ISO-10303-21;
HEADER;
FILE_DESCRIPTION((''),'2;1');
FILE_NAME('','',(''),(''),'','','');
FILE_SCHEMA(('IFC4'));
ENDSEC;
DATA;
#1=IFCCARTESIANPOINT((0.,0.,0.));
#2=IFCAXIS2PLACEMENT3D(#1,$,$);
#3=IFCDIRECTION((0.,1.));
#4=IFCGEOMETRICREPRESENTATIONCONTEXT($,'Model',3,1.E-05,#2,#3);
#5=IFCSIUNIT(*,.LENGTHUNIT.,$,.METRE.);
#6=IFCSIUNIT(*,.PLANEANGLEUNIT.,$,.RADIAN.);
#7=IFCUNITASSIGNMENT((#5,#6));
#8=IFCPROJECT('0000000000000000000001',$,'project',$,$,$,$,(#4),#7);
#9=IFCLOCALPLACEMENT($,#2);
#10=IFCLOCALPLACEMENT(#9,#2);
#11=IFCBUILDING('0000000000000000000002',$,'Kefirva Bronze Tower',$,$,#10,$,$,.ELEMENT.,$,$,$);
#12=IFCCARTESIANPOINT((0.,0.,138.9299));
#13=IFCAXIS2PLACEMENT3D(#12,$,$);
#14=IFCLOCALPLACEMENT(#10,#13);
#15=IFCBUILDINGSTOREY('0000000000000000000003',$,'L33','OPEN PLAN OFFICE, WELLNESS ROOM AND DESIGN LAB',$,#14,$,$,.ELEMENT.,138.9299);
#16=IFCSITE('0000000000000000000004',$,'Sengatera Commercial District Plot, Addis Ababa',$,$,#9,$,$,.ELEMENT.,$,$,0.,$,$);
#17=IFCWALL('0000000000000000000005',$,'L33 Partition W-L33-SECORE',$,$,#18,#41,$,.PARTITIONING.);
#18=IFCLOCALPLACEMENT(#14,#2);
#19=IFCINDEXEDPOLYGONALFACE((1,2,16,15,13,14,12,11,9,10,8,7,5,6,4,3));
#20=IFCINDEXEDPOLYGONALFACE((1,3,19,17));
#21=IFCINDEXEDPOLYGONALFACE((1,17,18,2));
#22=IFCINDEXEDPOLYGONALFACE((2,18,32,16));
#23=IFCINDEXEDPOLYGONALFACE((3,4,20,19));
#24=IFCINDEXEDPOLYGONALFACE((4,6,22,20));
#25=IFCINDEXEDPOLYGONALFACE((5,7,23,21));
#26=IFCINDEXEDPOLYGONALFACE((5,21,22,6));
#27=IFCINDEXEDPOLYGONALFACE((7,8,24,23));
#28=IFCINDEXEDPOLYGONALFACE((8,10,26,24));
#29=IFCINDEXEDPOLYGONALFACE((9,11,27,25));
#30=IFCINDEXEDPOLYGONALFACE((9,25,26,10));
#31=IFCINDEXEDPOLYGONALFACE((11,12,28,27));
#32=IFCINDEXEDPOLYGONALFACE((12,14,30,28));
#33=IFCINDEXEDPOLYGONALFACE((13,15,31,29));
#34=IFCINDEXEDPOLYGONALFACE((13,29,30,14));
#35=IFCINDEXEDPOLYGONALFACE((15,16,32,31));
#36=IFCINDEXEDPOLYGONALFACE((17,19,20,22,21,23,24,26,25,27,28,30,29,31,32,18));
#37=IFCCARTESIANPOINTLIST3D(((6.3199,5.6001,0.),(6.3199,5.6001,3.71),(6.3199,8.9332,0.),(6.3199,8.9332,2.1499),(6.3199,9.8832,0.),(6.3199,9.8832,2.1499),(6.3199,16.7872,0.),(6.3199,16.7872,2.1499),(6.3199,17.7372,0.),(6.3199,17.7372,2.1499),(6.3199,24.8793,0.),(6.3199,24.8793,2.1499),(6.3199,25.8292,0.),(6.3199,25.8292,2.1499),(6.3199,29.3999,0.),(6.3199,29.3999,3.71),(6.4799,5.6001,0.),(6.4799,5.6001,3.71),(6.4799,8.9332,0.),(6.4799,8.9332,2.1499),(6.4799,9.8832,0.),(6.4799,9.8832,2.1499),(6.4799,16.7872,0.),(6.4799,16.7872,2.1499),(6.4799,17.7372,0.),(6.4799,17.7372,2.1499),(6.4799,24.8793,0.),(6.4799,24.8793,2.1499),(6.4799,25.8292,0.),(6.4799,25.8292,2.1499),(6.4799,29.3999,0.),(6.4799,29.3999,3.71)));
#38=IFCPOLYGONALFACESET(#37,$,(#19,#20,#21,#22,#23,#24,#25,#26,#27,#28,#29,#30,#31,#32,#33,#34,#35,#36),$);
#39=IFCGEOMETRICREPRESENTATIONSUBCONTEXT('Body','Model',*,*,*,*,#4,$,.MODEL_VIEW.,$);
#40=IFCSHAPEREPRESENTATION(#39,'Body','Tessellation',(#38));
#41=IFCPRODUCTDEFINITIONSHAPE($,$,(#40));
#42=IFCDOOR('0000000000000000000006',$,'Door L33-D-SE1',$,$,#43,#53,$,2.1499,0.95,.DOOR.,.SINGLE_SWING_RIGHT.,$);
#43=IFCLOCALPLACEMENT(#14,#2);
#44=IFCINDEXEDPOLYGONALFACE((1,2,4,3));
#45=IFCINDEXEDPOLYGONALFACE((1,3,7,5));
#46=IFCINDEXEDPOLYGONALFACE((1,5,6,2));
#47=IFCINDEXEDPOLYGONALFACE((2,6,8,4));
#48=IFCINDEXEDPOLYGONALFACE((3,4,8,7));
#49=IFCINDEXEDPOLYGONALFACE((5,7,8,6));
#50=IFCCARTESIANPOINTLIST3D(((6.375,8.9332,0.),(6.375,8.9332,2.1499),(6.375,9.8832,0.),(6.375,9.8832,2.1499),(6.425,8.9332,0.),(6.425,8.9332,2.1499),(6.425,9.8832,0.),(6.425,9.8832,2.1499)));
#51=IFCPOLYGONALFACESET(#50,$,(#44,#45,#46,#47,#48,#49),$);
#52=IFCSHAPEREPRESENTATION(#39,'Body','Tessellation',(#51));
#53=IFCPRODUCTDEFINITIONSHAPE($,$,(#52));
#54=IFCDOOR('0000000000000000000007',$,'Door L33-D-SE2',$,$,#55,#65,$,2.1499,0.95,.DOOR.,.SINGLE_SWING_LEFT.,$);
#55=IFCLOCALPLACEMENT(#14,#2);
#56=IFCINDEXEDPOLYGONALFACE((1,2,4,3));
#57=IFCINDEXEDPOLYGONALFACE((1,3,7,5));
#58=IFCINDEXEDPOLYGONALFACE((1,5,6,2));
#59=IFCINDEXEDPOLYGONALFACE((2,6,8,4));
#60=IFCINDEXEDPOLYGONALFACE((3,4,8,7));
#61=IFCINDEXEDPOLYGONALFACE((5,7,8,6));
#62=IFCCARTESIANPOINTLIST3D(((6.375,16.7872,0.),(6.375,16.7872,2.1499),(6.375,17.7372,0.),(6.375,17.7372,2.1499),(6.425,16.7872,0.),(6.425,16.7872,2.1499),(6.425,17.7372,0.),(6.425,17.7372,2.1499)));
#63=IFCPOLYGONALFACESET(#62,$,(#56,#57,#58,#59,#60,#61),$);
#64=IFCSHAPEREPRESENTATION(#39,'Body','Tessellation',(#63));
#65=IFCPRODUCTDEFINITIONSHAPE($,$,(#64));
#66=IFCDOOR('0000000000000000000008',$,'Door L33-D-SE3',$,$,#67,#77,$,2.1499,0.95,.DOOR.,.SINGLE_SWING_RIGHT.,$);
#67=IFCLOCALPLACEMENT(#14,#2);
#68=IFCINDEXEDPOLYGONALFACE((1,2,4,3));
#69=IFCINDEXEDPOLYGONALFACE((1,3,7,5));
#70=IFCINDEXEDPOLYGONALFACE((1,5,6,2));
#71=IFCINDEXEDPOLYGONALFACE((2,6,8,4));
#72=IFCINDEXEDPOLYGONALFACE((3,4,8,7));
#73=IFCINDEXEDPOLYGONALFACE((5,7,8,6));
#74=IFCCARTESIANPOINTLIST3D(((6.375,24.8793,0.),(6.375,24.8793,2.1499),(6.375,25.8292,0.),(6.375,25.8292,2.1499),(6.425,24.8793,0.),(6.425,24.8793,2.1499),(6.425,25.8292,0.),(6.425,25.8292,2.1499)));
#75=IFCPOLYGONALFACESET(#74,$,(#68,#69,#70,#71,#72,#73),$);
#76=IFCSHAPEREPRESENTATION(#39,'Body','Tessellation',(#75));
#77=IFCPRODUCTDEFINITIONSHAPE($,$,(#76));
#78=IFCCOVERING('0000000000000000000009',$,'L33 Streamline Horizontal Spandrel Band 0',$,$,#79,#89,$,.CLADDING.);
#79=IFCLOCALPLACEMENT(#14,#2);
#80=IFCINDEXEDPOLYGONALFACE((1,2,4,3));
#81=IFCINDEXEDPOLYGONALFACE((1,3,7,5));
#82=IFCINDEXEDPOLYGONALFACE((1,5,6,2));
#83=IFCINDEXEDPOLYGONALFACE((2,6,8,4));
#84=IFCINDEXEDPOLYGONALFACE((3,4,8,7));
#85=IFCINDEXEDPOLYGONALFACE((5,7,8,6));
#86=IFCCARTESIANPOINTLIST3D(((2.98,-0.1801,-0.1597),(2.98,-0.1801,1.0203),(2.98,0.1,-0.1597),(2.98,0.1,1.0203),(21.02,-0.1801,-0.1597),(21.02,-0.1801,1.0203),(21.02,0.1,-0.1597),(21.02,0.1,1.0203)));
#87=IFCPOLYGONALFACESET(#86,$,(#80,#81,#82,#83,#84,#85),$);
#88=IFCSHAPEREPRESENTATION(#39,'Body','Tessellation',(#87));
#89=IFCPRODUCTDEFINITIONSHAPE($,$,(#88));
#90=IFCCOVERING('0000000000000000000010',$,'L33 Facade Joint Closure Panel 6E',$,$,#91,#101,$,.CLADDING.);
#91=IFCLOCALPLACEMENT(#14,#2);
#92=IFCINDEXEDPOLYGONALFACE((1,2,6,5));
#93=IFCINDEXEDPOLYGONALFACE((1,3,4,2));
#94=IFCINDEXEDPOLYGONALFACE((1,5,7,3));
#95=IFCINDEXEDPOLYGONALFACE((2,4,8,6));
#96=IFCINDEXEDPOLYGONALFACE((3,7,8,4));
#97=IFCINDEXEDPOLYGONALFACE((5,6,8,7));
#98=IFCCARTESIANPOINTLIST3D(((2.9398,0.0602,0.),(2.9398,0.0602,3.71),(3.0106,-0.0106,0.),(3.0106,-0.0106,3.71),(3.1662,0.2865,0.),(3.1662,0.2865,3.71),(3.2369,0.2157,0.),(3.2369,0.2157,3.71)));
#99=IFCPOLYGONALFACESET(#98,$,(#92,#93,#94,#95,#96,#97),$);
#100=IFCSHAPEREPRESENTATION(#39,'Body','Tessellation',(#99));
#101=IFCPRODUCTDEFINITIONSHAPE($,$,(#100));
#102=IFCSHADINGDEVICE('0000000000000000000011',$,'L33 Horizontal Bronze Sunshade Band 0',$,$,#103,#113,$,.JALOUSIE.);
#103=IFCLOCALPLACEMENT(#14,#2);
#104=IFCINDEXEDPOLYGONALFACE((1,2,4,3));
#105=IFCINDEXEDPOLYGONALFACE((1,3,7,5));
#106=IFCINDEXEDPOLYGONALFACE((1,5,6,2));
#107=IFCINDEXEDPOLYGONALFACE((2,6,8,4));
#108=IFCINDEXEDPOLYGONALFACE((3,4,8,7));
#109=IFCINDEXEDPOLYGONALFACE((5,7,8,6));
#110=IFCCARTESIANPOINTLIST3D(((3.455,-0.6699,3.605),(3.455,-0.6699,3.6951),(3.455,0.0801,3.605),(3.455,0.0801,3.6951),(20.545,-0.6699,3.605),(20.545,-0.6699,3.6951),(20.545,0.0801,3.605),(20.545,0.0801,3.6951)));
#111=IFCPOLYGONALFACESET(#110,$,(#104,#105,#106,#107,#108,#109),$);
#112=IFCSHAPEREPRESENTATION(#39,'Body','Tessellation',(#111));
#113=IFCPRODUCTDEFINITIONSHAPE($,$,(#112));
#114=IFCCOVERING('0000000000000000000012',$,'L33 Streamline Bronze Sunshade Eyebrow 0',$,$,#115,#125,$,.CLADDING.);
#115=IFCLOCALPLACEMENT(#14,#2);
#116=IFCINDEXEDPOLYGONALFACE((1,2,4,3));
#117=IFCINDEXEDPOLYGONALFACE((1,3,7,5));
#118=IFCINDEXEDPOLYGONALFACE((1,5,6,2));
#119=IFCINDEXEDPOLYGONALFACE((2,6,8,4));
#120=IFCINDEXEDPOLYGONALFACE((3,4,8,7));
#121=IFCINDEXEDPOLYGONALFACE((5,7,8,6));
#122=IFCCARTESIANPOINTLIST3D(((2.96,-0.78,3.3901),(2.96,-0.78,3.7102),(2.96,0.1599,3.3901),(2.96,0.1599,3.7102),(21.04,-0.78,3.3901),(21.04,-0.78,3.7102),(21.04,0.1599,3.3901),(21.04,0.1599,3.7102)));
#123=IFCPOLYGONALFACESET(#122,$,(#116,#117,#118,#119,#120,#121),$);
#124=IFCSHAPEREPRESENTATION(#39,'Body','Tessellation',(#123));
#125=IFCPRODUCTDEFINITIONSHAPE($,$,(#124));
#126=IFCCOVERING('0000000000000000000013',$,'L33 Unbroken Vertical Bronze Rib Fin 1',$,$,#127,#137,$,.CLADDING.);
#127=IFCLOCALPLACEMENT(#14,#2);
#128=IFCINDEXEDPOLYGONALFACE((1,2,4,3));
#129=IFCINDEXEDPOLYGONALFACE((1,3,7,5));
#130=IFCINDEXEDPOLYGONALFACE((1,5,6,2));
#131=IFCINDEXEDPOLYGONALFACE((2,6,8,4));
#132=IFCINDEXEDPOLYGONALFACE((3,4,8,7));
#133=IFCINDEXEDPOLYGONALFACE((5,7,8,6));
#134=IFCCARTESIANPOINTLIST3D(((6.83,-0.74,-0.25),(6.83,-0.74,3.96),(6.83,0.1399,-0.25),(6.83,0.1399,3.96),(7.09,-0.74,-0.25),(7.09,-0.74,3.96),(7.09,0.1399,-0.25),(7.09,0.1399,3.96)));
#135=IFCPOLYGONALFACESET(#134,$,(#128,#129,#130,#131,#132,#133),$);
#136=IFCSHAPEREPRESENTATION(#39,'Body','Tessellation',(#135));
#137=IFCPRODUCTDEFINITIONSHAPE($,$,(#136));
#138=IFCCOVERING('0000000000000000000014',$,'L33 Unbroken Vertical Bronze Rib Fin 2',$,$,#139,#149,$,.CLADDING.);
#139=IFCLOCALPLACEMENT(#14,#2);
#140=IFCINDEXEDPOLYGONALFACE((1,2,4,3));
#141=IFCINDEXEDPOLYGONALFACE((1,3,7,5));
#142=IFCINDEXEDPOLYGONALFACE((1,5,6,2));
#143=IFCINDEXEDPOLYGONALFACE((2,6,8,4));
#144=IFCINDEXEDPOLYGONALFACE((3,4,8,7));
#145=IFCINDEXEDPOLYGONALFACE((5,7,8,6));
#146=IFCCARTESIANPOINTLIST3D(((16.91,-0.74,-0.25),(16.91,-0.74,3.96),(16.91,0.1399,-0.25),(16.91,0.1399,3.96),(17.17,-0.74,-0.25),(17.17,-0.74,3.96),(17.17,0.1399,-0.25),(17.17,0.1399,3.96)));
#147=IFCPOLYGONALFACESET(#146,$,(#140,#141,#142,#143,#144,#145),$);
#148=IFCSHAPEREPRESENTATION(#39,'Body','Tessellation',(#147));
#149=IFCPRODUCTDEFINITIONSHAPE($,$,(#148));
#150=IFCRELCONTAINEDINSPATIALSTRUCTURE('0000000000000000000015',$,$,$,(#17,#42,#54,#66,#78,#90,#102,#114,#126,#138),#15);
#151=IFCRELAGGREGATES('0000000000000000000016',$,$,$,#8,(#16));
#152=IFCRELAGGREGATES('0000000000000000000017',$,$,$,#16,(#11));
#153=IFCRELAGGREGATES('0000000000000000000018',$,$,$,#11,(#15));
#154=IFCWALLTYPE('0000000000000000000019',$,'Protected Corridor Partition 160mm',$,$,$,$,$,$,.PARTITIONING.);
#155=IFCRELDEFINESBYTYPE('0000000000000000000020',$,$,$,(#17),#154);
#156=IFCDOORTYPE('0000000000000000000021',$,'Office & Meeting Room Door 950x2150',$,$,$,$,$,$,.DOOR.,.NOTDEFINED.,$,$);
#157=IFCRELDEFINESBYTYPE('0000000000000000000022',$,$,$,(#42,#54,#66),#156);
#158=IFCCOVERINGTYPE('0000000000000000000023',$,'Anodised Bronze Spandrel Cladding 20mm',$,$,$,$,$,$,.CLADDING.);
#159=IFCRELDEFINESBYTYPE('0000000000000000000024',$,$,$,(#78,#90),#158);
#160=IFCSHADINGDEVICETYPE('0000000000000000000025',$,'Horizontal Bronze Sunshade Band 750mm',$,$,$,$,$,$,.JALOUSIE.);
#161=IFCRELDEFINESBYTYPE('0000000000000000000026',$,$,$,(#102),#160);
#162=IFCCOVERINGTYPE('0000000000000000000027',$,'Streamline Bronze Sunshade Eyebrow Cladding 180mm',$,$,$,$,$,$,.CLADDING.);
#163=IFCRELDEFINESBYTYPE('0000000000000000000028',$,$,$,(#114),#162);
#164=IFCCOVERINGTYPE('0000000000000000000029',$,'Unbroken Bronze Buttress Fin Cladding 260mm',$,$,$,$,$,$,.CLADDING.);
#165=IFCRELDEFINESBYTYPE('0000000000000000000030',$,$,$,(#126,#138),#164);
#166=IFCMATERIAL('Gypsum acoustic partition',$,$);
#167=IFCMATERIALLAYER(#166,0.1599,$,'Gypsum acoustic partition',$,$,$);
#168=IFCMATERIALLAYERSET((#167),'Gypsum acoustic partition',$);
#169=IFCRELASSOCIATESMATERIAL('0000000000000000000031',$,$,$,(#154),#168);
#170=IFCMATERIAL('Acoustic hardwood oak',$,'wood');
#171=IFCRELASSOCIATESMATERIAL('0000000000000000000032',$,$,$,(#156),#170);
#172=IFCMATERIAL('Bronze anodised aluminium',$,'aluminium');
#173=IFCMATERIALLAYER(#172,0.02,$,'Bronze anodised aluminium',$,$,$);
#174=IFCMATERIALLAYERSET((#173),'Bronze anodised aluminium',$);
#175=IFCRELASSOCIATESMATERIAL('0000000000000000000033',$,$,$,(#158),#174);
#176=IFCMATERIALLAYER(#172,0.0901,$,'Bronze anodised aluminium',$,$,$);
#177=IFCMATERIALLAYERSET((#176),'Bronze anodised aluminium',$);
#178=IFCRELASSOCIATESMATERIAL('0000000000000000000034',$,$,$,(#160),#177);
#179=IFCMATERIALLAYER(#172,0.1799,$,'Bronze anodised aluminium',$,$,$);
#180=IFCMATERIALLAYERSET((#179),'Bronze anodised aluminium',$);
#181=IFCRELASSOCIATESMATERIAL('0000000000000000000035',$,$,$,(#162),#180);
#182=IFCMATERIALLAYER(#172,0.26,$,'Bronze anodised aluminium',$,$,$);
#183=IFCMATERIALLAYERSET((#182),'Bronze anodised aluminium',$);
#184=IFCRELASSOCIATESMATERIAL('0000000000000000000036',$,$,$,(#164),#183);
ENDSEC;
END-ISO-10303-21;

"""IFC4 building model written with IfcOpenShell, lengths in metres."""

from ifc_helpers import new_model, si_unit, direction, frame, frame_2d, origin, origin_2d, place, context, subcontext, project, spatial, rectangle, extrude, material, layer, layer_set, type_object, element, fill, save


model = new_model("IFC4")

# Units and contexts
model_context = context("Model", 3, precision=1e-05, world=origin(), true_north=direction((0.0, 1.0)))
body_context = subcontext(model_context, "Body", "Model", "MODEL_VIEW")
ifc_project = project(units=[si_unit("LENGTHUNIT", "METRE"), si_unit("PLANEANGLEUNIT", "RADIAN")], contexts=[model_context])

# Site, building, storey
site_placement = place(None, origin())
site = spatial("IfcSite", under=ifc_project, at=site_placement, Name="Sengatera Commercial District Plot, Addis Ababa", CompositionType="ELEMENT", RefElevation=0.0)
building_placement = place(site_placement, origin())
building = spatial("IfcBuilding", under=site, at=building_placement, Name="Kefirva Bronze Tower", CompositionType="ELEMENT")
storey_placement = place(building_placement, frame((0.0, 0.0, 138.9299)))
storey = spatial("IfcBuildingStorey", under=building, at=storey_placement, Name="L33", Description="OPEN PLAN OFFICE, WELLNESS ROOM AND DESIGN LAB", CompositionType="ELEMENT", Elevation=138.9299)

# Shared definitions
ifc_material_1 = material(Name="Bronze anodised aluminium", Category="aluminium")

# Wall, openings, doors
ifc_material_2 = material(Name="Gypsum acoustic partition")
ifc_layer_1 = layer(ifc_material_2, 0.1599, Name="Gypsum acoustic partition")
ifc_layer_set_1 = layer_set([ifc_layer_1], Name="Gypsum acoustic partition")
wall_type = type_object("IfcWallType", Name="Protected Corridor Partition 160mm", PredefinedType="PARTITIONING", material=ifc_layer_set_1)
ifc_material_3 = material(Name="Acoustic hardwood oak", Category="wood")
door_type = type_object("IfcDoorType", Name="Office & Meeting Room Door 950x2150", OperationType="NOTDEFINED", PredefinedType="DOOR", material=ifc_material_3)
wall_1_placement = place(storey_placement, frame((6.3999, 5.6001, 0.0), z_axis=(0.0, 0.0, 1.0), x_axis=(0.0, 1.0, 0.0)))
wall_1 = element("IfcWall", 1, at=wall_1_placement, inside=storey, type_object=wall_type, Name="L33 Partition W-L33-SECORE", PredefinedType="PARTITIONING", context=body_context, shape_type="SweptSolid", body=[
    extrude(rectangle(XDim=23.7998, YDim=0.1599, at=frame_2d((11.8999, 0.0))), origin(), (0.0, 0.0, 1.0), 3.71),
])
opening_1_placement = place(wall_1_placement, frame((3.333, 0.0, 0.0)))
opening_1 = element("IfcOpeningElement", 2, at=opening_1_placement, cuts=wall_1, PredefinedType="OPENING", context=body_context, shape_type="SweptSolid", body=[
    extrude(rectangle(XDim=0.95, YDim=2.1499, at=frame_2d((0.4751, 1.075))), frame((0.0, 0.0898, 0.0), z_axis=(0.0, -1.0, 0.0), x_axis=(1.0, 0.0, 0.0)), (0.0, 0.0, 1.0), 0.1799),
])
opening_2_placement = place(wall_1_placement, frame((11.187, 0.0, 0.0)))
opening_2 = element("IfcOpeningElement", 3, at=opening_2_placement, cuts=wall_1, PredefinedType="OPENING", context=body_context, shape_type="SweptSolid", body=[
    extrude(rectangle(XDim=0.95, YDim=2.1499, at=frame_2d((0.4751, 1.075))), frame((0.0, 0.0898, 0.0), z_axis=(0.0, -1.0, 0.0), x_axis=(1.0, 0.0, 0.0)), (0.0, 0.0, 1.0), 0.1799),
])
opening_3_placement = place(wall_1_placement, frame((19.2791, 0.0, 0.0)))
opening_3 = element("IfcOpeningElement", 4, at=opening_3_placement, cuts=wall_1, PredefinedType="OPENING", context=body_context, shape_type="SweptSolid", body=[
    extrude(rectangle(XDim=0.95, YDim=2.1499, at=frame_2d((0.4751, 1.075))), frame((0.0, 0.0898, 0.0), z_axis=(0.0, -1.0, 0.0), x_axis=(1.0, 0.0, 0.0)), (0.0, 0.0, 1.0), 0.1799),
])
door_1_placement = place(opening_1_placement, origin())
door_1 = element("IfcDoor", 5, at=door_1_placement, inside=storey, type_object=door_type, Name="Door L33-D-SE1", OperationType="SINGLE_SWING_RIGHT", OverallHeight=2.1499, OverallWidth=0.95, PredefinedType="DOOR", context=body_context, shape_type="SweptSolid", body=[
    extrude(rectangle(XDim=0.95, YDim=2.1499, at=frame_2d((0.4751, 1.075))), frame((0.0, 0.0249, 0.0), z_axis=(0.0, -1.0, 0.0), x_axis=(1.0, 0.0, 0.0)), (0.0, 0.0, 1.0), 0.05),
])
fill(opening_1, door_1)
door_2_placement = place(opening_2_placement, origin())
door_2 = element("IfcDoor", 6, at=door_2_placement, inside=storey, type_object=door_type, Name="Door L33-D-SE2", OperationType="SINGLE_SWING_LEFT", OverallHeight=2.1499, OverallWidth=0.95, PredefinedType="DOOR", context=body_context, shape_type="SweptSolid", body=[
    extrude(rectangle(XDim=0.95, YDim=2.1499, at=frame_2d((0.4751, 1.075))), frame((0.0, 0.0249, 0.0), z_axis=(0.0, -1.0, 0.0), x_axis=(1.0, 0.0, 0.0)), (0.0, 0.0, 1.0), 0.05),
])
fill(opening_2, door_2)
door_3_placement = place(opening_3_placement, origin())
door_3 = element("IfcDoor", 7, at=door_3_placement, inside=storey, type_object=door_type, Name="Door L33-D-SE3", OperationType="SINGLE_SWING_RIGHT", OverallHeight=2.1499, OverallWidth=0.95, PredefinedType="DOOR", context=body_context, shape_type="SweptSolid", body=[
    extrude(rectangle(XDim=0.95, YDim=2.1499, at=frame_2d((0.4751, 1.075))), frame((0.0, 0.0249, 0.0), z_axis=(0.0, -1.0, 0.0), x_axis=(1.0, 0.0, 0.0)), (0.0, 0.0, 1.0), 0.05),
])
fill(opening_3, door_3)

# Coverings
ifc_layer_2 = layer(ifc_material_1, 0.02, Name="Bronze anodised aluminium")
ifc_layer_set_2 = layer_set([ifc_layer_2], Name="Bronze anodised aluminium")
covering_type_1 = type_object("IfcCoveringType", Name="Anodised Bronze Spandrel Cladding 20mm", PredefinedType="CLADDING", material=ifc_layer_set_2)
covering_1_placement = place(storey_placement, frame((12.0, -0.04, -0.1597), z_axis=(0.0, 0.0, 1.0), x_axis=(1.0, 0.0, 0.0)))
element("IfcCovering", 8, at=covering_1_placement, inside=storey, type_object=covering_type_1, Name="L33 Streamline Horizontal Spandrel Band 0", PredefinedType="CLADDING", context=body_context, shape_type="SweptSolid", body=[
    extrude(rectangle(XDim=18.04, YDim=0.28, at=origin_2d()), origin(), (0.0, 0.0, 1.0), 1.1799),
])
covering_2_placement = place(storey_placement, frame((3.0884, 0.1379, 0.0), z_axis=(0.0, 0.0, 1.0), x_axis=(0.707107, -0.707107, 0.0)))
element("IfcCovering", 9, at=covering_2_placement, inside=storey, type_object=covering_type_1, Name="L33 Facade Joint Closure Panel 6E", PredefinedType="CLADDING", context=body_context, shape_type="SweptSolid", body=[
    extrude(rectangle(XDim=0.1001, YDim=0.3201, at=origin_2d()), origin(), (0.0, 0.0, 1.0), 3.71),
])

# Shading device
ifc_layer_3 = layer(ifc_material_1, 0.0901, Name="Bronze anodised aluminium")
ifc_layer_set_3 = layer_set([ifc_layer_3], Name="Bronze anodised aluminium")
shading_device_type = type_object("IfcShadingDeviceType", Name="Horizontal Bronze Sunshade Band 750mm", PredefinedType="JALOUSIE", material=ifc_layer_set_3)
shading_device_placement = place(storey_placement, frame((12.0, -0.2949, 3.605), z_axis=(0.0, 0.0, 1.0), x_axis=(1.0, 0.0, 0.0)))
element("IfcShadingDevice", 10, at=shading_device_placement, inside=storey, type_object=shading_device_type, Name="L33 Horizontal Bronze Sunshade Band 0", PredefinedType="JALOUSIE", context=body_context, shape_type="SweptSolid", body=[
    extrude(rectangle(XDim=17.0901, YDim=0.75, at=origin_2d()), origin(), (0.0, 0.0, 1.0), 0.0901),
])

# Coverings
ifc_layer_4 = layer(ifc_material_1, 0.1799, Name="Bronze anodised aluminium")
ifc_layer_set_4 = layer_set([ifc_layer_4], Name="Bronze anodised aluminium")
covering_type_2 = type_object("IfcCoveringType", Name="Streamline Bronze Sunshade Eyebrow Cladding 180mm", PredefinedType="CLADDING", material=ifc_layer_set_4)
covering_3_placement = place(storey_placement, frame((12.0, -0.3101, 3.3901), z_axis=(0.0, 0.0, 1.0), x_axis=(1.0, 0.0, 0.0)))
element("IfcCovering", 11, at=covering_3_placement, inside=storey, type_object=covering_type_2, Name="L33 Streamline Bronze Sunshade Eyebrow 0", PredefinedType="CLADDING", context=body_context, shape_type="SweptSolid", body=[
    extrude(rectangle(XDim=18.0801, YDim=0.9399, at=origin_2d()), origin(), (0.0, 0.0, 1.0), 0.3201),
])
ifc_layer_5 = layer(ifc_material_1, 0.26, Name="Bronze anodised aluminium")
ifc_layer_set_5 = layer_set([ifc_layer_5], Name="Bronze anodised aluminium")
covering_type_3 = type_object("IfcCoveringType", Name="Unbroken Bronze Buttress Fin Cladding 260mm", PredefinedType="CLADDING", material=ifc_layer_set_5)
for number, where, z_axis, x_axis, name in (
    (12, (6.96, -0.3, -0.25), (0.0, 0.0, 1.0), (1.0, 0.0, 0.0), "L33 Unbroken Vertical Bronze Rib Fin 1"),
    (13, (17.04, -0.3, -0.25), (0.0, 0.0, 1.0), (1.0, 0.0, 0.0), "L33 Unbroken Vertical Bronze Rib Fin 2"),
):
    element("IfcCovering", number, at=place(storey_placement, frame(where, z_axis=z_axis, x_axis=x_axis)), inside=storey, type_object=covering_type_3, Name=name, PredefinedType="CLADDING", context=body_context, shape_type="SweptSolid", body=[
        extrude(rectangle(XDim=0.26, YDim=0.8799, at=origin_2d()), origin(), (0.0, 0.0, 1.0), 4.21),
    ])

save(model, "model.ifc")
